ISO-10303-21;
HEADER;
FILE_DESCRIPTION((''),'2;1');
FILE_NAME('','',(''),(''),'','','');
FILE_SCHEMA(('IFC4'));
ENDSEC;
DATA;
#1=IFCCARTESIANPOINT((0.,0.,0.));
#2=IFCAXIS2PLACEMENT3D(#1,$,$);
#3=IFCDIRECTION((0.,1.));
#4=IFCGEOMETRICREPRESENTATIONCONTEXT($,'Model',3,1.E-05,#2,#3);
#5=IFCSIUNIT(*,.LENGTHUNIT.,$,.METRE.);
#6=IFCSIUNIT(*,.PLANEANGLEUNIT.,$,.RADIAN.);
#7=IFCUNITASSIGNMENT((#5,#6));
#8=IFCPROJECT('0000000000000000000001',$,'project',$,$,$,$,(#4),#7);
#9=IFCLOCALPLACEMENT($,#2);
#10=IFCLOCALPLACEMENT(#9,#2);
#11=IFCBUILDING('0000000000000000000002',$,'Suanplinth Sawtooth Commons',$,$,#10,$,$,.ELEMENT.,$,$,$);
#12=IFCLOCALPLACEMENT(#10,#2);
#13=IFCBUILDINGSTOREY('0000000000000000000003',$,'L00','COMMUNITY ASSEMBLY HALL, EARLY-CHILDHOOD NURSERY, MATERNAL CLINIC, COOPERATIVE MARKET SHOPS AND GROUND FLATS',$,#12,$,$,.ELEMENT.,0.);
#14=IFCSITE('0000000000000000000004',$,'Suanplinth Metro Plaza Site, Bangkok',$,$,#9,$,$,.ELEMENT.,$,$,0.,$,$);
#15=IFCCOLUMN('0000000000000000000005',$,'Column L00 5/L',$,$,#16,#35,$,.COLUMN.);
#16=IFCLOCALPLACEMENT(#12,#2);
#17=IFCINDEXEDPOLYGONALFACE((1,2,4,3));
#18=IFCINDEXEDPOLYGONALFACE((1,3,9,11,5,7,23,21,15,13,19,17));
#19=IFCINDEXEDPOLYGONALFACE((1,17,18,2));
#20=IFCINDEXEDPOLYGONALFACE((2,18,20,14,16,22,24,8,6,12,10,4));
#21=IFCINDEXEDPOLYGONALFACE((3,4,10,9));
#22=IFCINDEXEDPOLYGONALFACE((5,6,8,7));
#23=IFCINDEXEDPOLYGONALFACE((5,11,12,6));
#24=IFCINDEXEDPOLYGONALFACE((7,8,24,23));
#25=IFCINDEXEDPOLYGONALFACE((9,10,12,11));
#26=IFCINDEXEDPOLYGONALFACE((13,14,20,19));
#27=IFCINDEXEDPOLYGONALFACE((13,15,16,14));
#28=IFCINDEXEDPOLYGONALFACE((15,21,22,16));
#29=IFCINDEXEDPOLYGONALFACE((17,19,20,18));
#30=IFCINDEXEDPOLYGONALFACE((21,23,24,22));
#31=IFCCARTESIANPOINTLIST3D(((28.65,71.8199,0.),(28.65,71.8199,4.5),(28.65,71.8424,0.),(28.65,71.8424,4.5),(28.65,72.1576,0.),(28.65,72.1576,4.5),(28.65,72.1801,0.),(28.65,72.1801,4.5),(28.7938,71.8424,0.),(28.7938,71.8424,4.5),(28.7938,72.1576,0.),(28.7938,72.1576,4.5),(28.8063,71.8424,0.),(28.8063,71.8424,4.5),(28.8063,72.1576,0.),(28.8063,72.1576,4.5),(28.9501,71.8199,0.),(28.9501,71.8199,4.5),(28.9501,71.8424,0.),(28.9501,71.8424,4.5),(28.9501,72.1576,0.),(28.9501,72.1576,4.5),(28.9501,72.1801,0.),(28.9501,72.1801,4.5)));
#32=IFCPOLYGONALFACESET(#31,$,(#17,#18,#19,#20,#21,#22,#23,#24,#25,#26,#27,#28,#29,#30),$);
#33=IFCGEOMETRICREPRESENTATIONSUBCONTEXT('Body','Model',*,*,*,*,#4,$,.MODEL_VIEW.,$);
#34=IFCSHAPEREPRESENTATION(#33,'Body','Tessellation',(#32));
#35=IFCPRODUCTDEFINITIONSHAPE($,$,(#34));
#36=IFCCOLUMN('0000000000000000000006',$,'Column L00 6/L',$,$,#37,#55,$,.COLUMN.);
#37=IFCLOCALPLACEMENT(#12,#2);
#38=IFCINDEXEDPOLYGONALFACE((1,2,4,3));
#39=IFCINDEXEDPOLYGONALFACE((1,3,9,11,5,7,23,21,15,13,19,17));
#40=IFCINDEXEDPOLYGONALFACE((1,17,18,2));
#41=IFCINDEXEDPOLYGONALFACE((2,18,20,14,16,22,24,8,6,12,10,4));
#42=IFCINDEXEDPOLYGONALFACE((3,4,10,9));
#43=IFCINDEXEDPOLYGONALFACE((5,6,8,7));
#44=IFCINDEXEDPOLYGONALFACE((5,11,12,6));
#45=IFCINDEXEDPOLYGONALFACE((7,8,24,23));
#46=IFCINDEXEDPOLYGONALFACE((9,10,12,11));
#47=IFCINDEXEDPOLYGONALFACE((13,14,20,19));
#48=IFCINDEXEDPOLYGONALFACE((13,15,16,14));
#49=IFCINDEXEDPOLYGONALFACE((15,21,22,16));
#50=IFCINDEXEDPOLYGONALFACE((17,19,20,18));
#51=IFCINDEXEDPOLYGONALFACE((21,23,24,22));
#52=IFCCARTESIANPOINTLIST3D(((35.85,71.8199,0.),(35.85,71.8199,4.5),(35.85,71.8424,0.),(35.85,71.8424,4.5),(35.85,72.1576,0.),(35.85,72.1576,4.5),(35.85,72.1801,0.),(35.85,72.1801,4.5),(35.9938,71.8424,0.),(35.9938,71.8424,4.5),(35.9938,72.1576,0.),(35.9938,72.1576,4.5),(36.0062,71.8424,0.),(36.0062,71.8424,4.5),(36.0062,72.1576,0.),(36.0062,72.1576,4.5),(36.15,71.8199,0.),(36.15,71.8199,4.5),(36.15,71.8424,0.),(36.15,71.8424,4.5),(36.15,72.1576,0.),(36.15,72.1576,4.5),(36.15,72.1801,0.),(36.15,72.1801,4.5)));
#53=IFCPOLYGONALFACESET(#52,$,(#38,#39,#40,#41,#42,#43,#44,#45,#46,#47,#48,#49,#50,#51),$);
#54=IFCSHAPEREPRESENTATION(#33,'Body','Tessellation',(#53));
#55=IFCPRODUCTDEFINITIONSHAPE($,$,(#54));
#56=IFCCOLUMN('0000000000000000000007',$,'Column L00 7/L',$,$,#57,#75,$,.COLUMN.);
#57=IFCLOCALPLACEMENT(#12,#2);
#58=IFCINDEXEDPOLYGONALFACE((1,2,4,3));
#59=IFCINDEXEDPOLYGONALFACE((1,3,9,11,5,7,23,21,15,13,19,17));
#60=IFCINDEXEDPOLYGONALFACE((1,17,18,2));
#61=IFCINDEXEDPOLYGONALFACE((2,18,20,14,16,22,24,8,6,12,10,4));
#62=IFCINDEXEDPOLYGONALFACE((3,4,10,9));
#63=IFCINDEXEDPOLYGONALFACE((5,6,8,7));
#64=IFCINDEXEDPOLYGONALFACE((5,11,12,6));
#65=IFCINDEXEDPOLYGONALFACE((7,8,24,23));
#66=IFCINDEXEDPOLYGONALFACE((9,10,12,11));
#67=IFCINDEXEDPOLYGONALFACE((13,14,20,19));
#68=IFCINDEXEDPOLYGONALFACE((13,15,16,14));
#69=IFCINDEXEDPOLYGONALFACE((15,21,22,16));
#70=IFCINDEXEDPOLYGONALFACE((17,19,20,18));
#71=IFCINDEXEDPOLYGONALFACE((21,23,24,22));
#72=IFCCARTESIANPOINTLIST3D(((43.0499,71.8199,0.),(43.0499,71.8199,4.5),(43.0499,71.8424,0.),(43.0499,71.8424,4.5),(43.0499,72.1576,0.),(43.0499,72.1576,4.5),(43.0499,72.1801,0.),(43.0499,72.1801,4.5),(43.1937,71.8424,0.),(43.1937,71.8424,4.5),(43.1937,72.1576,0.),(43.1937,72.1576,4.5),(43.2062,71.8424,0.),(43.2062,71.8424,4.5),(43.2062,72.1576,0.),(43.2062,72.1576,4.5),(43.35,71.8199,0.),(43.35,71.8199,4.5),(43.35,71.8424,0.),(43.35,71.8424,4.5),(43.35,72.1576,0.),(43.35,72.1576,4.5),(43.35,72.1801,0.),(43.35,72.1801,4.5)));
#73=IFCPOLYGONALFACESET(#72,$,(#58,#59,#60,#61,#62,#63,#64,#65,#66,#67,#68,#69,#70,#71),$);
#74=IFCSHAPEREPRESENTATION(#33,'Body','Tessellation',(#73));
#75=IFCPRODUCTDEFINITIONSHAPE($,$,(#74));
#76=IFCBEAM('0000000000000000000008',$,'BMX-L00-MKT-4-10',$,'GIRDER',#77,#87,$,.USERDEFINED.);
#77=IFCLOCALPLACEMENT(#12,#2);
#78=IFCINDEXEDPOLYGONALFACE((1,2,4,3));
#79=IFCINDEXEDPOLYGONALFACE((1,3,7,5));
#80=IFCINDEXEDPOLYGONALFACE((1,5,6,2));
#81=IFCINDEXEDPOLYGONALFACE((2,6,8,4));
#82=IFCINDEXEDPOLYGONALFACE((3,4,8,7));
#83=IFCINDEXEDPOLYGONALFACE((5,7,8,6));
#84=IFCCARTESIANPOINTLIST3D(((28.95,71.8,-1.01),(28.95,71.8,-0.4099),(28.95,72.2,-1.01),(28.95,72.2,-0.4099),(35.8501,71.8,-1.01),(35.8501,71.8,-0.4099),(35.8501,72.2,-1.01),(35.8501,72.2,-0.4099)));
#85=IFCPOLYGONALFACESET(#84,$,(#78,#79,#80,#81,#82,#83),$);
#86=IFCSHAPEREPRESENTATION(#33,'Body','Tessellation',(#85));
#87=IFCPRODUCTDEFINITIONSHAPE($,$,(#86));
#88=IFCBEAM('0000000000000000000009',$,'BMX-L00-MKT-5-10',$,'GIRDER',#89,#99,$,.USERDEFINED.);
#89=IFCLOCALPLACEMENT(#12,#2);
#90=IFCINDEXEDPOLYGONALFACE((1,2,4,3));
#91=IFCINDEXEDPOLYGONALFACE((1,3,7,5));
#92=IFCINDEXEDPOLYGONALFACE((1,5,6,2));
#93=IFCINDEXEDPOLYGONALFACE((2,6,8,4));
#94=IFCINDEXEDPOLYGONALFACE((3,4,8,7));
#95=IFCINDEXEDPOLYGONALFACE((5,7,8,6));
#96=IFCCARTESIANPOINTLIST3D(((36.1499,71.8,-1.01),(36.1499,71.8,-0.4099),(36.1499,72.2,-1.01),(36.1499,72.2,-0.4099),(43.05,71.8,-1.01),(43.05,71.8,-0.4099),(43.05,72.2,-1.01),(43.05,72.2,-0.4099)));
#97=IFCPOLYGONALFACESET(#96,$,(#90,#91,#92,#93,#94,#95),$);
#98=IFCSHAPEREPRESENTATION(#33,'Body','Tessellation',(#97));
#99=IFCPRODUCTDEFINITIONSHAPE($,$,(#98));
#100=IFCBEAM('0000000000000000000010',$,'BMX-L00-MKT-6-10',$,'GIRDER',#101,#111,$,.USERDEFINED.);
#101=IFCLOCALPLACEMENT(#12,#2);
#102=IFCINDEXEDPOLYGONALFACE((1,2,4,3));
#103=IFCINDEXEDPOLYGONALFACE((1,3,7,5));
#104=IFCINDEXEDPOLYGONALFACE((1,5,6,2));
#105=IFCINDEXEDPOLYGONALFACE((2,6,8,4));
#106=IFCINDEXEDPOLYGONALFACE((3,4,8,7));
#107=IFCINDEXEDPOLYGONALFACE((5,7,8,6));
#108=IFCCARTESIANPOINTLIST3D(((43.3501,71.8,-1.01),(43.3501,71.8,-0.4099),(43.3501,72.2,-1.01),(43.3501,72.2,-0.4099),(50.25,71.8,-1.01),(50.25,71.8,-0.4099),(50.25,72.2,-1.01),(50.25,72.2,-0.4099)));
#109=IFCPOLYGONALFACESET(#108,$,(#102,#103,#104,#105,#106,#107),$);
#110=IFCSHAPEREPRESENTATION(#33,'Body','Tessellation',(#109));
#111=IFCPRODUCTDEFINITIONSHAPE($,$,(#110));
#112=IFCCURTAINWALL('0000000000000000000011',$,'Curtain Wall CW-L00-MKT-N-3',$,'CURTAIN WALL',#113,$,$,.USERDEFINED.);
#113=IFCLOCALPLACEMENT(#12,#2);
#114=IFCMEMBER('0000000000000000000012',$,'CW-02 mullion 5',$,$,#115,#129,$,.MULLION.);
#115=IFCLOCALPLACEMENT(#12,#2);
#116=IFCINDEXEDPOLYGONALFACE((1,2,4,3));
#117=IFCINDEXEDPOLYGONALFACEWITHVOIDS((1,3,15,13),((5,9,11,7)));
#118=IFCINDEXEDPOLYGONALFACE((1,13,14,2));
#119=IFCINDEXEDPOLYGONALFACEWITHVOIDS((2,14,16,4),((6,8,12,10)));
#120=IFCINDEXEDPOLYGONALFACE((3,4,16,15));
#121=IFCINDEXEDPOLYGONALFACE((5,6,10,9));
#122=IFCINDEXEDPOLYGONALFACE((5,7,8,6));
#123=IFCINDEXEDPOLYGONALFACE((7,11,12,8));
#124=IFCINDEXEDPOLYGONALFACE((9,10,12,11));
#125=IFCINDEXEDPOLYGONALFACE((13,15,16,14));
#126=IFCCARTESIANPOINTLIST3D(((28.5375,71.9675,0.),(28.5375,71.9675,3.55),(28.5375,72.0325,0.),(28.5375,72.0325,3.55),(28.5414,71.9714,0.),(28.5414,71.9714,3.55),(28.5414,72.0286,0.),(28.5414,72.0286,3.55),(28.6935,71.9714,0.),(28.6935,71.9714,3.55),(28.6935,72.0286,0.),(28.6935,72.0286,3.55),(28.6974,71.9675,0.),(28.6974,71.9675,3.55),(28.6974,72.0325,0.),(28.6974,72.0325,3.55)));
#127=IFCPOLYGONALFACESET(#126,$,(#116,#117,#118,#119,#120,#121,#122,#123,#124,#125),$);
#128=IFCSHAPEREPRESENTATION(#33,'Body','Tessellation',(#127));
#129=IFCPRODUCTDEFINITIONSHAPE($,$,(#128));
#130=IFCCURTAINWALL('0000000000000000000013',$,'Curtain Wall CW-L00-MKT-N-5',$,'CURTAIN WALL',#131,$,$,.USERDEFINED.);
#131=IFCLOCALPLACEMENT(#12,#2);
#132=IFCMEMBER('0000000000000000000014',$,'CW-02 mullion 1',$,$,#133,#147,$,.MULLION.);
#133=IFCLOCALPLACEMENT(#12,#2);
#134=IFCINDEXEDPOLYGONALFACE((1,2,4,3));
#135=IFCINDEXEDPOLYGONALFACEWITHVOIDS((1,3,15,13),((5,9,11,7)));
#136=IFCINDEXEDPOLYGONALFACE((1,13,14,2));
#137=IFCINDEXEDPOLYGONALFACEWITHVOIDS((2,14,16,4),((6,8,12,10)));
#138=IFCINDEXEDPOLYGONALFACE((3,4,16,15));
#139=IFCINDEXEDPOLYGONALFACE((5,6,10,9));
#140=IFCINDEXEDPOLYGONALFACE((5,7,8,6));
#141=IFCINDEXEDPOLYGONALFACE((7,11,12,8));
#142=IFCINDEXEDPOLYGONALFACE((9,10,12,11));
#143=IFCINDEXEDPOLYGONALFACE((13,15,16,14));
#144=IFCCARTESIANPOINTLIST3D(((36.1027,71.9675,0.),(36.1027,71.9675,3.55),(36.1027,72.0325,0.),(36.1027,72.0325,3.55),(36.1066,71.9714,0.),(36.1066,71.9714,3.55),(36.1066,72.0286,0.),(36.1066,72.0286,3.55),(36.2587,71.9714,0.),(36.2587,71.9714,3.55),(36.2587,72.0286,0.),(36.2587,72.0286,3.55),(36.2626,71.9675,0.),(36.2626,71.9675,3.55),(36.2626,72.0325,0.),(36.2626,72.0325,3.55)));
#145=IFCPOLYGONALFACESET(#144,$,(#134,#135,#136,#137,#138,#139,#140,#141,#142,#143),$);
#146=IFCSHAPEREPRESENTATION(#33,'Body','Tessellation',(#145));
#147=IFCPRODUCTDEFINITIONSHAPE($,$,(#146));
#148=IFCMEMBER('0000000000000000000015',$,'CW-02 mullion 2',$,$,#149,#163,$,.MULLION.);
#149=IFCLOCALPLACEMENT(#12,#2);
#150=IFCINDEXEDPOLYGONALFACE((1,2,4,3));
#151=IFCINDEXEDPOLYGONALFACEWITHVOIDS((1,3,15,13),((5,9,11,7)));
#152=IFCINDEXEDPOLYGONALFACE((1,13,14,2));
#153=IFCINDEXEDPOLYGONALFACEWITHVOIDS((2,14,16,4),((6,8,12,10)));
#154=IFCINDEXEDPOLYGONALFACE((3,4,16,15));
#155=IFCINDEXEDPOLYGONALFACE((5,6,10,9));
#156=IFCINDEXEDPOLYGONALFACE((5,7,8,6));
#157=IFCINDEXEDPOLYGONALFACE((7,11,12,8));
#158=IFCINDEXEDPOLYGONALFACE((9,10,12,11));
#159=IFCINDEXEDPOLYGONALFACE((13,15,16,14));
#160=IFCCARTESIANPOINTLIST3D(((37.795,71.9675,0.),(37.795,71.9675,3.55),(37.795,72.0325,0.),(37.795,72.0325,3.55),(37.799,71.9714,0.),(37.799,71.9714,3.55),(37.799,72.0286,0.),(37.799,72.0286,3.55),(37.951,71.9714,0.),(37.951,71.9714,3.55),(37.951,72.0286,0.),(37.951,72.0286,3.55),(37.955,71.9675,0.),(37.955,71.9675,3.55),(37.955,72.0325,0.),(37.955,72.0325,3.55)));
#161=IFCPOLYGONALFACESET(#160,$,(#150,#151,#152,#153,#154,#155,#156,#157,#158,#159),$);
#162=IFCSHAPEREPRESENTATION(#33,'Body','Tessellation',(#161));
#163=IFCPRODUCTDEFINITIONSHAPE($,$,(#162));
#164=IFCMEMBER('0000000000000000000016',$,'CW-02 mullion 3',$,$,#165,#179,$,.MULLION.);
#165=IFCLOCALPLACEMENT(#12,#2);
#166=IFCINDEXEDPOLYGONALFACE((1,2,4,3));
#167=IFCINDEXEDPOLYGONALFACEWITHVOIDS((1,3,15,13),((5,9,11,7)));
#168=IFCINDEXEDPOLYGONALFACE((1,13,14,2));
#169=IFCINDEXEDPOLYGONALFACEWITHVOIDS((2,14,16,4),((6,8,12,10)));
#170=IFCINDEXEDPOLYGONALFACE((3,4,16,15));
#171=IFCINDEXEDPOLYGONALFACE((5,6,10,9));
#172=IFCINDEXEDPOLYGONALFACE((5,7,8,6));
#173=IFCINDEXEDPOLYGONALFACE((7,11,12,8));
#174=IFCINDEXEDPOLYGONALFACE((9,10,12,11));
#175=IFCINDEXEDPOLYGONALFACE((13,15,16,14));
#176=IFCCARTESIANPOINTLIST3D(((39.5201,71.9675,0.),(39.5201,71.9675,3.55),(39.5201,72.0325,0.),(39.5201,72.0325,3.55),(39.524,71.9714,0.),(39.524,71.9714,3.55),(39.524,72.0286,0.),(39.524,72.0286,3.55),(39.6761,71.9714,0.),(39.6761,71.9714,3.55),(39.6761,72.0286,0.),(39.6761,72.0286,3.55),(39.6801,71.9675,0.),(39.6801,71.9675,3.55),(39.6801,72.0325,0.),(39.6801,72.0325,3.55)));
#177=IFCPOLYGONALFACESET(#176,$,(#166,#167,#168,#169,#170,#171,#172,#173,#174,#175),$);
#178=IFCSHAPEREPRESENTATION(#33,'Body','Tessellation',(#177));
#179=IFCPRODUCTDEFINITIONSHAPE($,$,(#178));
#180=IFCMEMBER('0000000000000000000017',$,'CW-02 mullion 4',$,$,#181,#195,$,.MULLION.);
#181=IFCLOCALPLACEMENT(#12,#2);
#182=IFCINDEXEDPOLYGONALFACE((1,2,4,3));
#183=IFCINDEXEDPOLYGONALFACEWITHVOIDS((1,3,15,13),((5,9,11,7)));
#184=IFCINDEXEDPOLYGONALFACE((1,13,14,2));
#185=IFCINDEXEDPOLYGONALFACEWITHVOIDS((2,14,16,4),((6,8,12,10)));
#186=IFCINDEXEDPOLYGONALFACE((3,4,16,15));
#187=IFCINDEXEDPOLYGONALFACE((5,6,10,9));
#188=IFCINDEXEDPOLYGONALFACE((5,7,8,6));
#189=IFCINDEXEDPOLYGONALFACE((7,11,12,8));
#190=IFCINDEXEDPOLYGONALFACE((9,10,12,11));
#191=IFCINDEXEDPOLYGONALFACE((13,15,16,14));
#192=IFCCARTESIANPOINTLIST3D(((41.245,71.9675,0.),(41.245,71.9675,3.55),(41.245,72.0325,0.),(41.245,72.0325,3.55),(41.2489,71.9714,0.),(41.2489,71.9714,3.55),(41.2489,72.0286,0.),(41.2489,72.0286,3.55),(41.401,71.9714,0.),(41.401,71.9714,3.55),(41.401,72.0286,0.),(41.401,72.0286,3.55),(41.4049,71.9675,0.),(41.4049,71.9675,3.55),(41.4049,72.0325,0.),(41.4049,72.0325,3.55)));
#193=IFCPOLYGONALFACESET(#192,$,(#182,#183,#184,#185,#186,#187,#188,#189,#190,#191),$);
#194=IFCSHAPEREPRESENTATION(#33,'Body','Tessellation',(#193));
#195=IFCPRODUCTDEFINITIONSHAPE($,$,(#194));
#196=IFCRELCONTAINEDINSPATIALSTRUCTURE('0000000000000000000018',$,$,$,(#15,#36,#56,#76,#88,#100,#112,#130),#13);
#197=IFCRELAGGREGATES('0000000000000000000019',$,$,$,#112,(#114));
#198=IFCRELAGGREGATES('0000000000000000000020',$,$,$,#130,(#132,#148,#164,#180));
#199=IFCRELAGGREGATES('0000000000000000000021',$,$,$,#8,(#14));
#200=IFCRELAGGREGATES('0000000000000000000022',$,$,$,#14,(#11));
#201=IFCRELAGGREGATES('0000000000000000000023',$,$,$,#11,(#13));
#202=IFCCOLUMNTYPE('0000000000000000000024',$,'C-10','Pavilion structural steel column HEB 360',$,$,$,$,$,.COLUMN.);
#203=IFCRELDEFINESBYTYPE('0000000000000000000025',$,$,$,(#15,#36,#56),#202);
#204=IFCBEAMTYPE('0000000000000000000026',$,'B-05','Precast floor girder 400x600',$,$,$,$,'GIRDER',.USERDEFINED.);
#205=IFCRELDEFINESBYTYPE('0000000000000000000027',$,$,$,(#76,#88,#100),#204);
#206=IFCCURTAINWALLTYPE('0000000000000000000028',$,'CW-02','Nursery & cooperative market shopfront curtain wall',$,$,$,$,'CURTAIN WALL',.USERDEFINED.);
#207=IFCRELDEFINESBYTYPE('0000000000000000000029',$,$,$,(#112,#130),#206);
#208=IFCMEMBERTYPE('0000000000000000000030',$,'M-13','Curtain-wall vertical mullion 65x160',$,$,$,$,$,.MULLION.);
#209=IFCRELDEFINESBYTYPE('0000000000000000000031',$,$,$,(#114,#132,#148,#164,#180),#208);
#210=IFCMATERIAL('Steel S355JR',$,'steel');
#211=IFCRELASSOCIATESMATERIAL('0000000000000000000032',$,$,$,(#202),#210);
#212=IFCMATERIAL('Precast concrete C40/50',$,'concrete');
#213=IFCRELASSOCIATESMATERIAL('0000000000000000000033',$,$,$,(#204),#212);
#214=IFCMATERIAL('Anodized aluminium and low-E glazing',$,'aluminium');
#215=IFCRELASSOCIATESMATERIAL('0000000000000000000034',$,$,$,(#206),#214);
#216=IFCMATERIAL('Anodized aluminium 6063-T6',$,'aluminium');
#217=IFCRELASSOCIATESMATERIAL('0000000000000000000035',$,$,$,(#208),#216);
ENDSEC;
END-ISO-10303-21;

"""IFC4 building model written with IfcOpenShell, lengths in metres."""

from ifc_helpers import new_model, si_unit, direction, frame, origin, origin_2d, place, context, subcontext, project, spatial, rectangle, hollow_rectangle, i_section, extrude, material, material_profile, profile_set, type_object, element, aggregate, save


model = new_model("IFC4")

# Units and contexts
model_context = context("Model", 3, precision=1e-05, world=origin(), true_north=direction((0.0, 1.0)))
body_context = subcontext(model_context, "Body", "Model", "MODEL_VIEW")
ifc_project = project(units=[si_unit("LENGTHUNIT", "METRE"), si_unit("PLANEANGLEUNIT", "RADIAN")], contexts=[model_context])

# Site, building, storey
site_placement = place(None, origin())
site = spatial("IfcSite", under=ifc_project, at=site_placement, Name="Suanplinth Metro Plaza Site, Bangkok", CompositionType="ELEMENT", RefElevation=0.0)
building_placement = place(site_placement, origin())
building = spatial("IfcBuilding", under=site, at=building_placement, Name="Suanplinth Sawtooth Commons", CompositionType="ELEMENT")
storey_placement = place(building_placement, origin())
storey = spatial("IfcBuildingStorey", under=building, at=storey_placement, Name="L00", Description="COMMUNITY ASSEMBLY HALL, EARLY-CHILDHOOD NURSERY, MATERNAL CLINIC, COOPERATIVE MARKET SHOPS AND GROUND FLATS", CompositionType="ELEMENT", Elevation=0.0)

# Columns
ifc_material_1 = material(Name="Steel S355JR", Category="steel")
ifc_material_profile_1 = material_profile(ifc_material_1, i_section(OverallWidth=0.3, OverallDepth=0.3601, WebThickness=0.0125, FlangeThickness=0.0225, at=origin_2d()), Name="HEB 360")
ifc_profile_set_1 = profile_set([ifc_material_profile_1], Name="Steel S355JR")
column_type = type_object("IfcColumnType", Name="C-10", Description="Pavilion structural steel column HEB 360", PredefinedType="COLUMN", material=ifc_profile_set_1)
for number, where, z_axis, x_axis, name in (
    (1, (28.8, 72.0, 0.0), (0.0, 0.0, 1.0), (1.0, 0.0, 0.0), "Column L00 5/L"),
    (2, (36.0, 72.0, 0.0), (0.0, 0.0, 1.0), (1.0, 0.0, 0.0), "Column L00 6/L"),
    (3, (43.2, 72.0, 0.0), (0.0, 0.0, 1.0), (1.0, 0.0, 0.0), "Column L00 7/L"),
):
    element("IfcColumn", number, at=place(storey_placement, frame(where, z_axis=z_axis, x_axis=x_axis)), inside=storey, type_object=column_type, Name=name, PredefinedType="COLUMN", context=body_context, shape_type="SweptSolid", body=[
        extrude(i_section(OverallWidth=0.3, OverallDepth=0.3601, WebThickness=0.0125, FlangeThickness=0.0225, at=origin_2d()), origin(), (0.0, 0.0, 1.0), 4.5),
    ])

# Beams
ifc_material_2 = material(Name="Precast concrete C40/50", Category="concrete")
ifc_material_profile_2 = material_profile(ifc_material_2, rectangle(XDim=0.3999, YDim=0.6001, at=origin_2d()), Name="PC-GDR 400x600")
ifc_profile_set_2 = profile_set([ifc_material_profile_2], Name="Precast concrete C40/50")
beam_type = type_object("IfcBeamType", Name="B-05", Description="Precast floor girder 400x600", ElementType="GIRDER", PredefinedType="USERDEFINED", material=ifc_profile_set_2)
for number, where, z_axis, x_axis, name in (
    (4, (28.95, 72.0, -0.71), (1.0, 0.0, 0.0), (0.0, 1.0, 0.0), "BMX-L00-MKT-4-10"),
    (5, (36.1499, 72.0, -0.71), (1.0, 0.0, 0.0), (0.0, 1.0, 0.0), "BMX-L00-MKT-5-10"),
):
    element("IfcBeam", number, at=place(storey_placement, frame(where, z_axis=z_axis, x_axis=x_axis)), inside=storey, type_object=beam_type, Name=name, ObjectType="GIRDER", PredefinedType="USERDEFINED", context=body_context, shape_type="SweptSolid", body=[
        extrude(rectangle(XDim=0.3999, YDim=0.6001, at=origin_2d()), origin(), (0.0, 0.0, 1.0), 6.9001),
    ])
beam_placement = place(storey_placement, frame((43.3501, 72.0, -0.71), z_axis=(1.0, 0.0, 0.0), x_axis=(0.0, 1.0, 0.0)))
element("IfcBeam", 6, at=beam_placement, inside=storey, type_object=beam_type, Name="BMX-L00-MKT-6-10", ObjectType="GIRDER", PredefinedType="USERDEFINED", context=body_context, shape_type="SweptSolid", body=[
    extrude(rectangle(XDim=0.3999, YDim=0.6001, at=origin_2d()), origin(), (0.0, 0.0, 1.0), 6.8999),
])

# Curtain wall, member
ifc_material_3 = material(Name="Anodized aluminium and low-E glazing", Category="aluminium")
curtain_wall_type = type_object("IfcCurtainWallType", Name="CW-02", Description="Nursery & cooperative market shopfront curtain wall", ElementType="CURTAIN WALL", PredefinedType="USERDEFINED", material=ifc_material_3)
curtain_wall_1_placement = place(storey_placement, origin())
curtain_wall_1 = element("IfcCurtainWall", 7, at=curtain_wall_1_placement, inside=storey, type_object=curtain_wall_type, Name="Curtain Wall CW-L00-MKT-N-3", ObjectType="CURTAIN WALL", PredefinedType="USERDEFINED")
ifc_material_4 = material(Name="Anodized aluminium 6063-T6", Category="aluminium")
ifc_material_profile_3 = material_profile(ifc_material_4, hollow_rectangle(XDim=0.0649, YDim=0.1599, WallThickness=0.0039, at=origin_2d()), Name="ALU-MUL 65x160")
ifc_profile_set_3 = profile_set([ifc_material_profile_3], Name="Anodized aluminium 6063-T6")
member_type_1 = type_object("IfcMemberType", Name="M-13", Description="Curtain-wall vertical mullion 65x160", PredefinedType="MULLION", material=ifc_profile_set_3)
member_1_placement = place(storey_placement, frame((28.6174, 72.0, 0.0), z_axis=(0.0, 0.0, 1.0), x_axis=(0.0, 1.0, 0.0)))
member_1 = element("IfcMember", 8, at=member_1_placement, type_object=member_type_1, Name="CW-02 mullion 5", PredefinedType="MULLION", context=body_context, shape_type="SweptSolid", body=[
    extrude(hollow_rectangle(XDim=0.0649, YDim=0.1599, WallThickness=0.0039, at=origin_2d()), origin(), (0.0, 0.0, 1.0), 3.55),
])

# Curtain wall, members
curtain_wall_2_placement = place(storey_placement, origin())
curtain_wall_2 = element("IfcCurtainWall", 9, at=curtain_wall_2_placement, inside=storey, type_object=curtain_wall_type, Name="Curtain Wall CW-L00-MKT-N-5", ObjectType="CURTAIN WALL", PredefinedType="USERDEFINED")
member_2_placement = place(storey_placement, frame((36.1826, 72.0, 0.0), z_axis=(0.0, 0.0, 1.0), x_axis=(0.0, 1.0, 0.0)))
member_2 = element("IfcMember", 10, at=member_2_placement, type_object=member_type_1, Name="CW-02 mullion 1", PredefinedType="MULLION", context=body_context, shape_type="SweptSolid", body=[
    extrude(hollow_rectangle(XDim=0.0649, YDim=0.1599, WallThickness=0.0039, at=origin_2d()), origin(), (0.0, 0.0, 1.0), 3.55),
])
member_3_placement = place(storey_placement, frame((37.875, 72.0, 0.0), z_axis=(0.0, 0.0, 1.0), x_axis=(0.0, 1.0, 0.0)))
member_3 = element("IfcMember", 11, at=member_3_placement, type_object=member_type_1, Name="CW-02 mullion 2", PredefinedType="MULLION", context=body_context, shape_type="SweptSolid", body=[
    extrude(hollow_rectangle(XDim=0.0649, YDim=0.1599, WallThickness=0.0039, at=origin_2d()), origin(), (0.0, 0.0, 1.0), 3.55),
])
member_4_placement = place(storey_placement, frame((39.6001, 72.0, 0.0), z_axis=(0.0, 0.0, 1.0), x_axis=(0.0, 1.0, 0.0)))
member_4 = element("IfcMember", 12, at=member_4_placement, type_object=member_type_1, Name="CW-02 mullion 3", PredefinedType="MULLION", context=body_context, shape_type="SweptSolid", body=[
    extrude(hollow_rectangle(XDim=0.0649, YDim=0.1599, WallThickness=0.0039, at=origin_2d()), origin(), (0.0, 0.0, 1.0), 3.55),
])
member_5_placement = place(storey_placement, frame((41.325, 72.0, 0.0), z_axis=(0.0, 0.0, 1.0), x_axis=(0.0, 1.0, 0.0)))
member_5 = element("IfcMember", 13, at=member_5_placement, type_object=member_type_1, Name="CW-02 mullion 4", PredefinedType="MULLION", context=body_context, shape_type="SweptSolid", body=[
    extrude(hollow_rectangle(XDim=0.0649, YDim=0.1599, WallThickness=0.0039, at=origin_2d()), origin(), (0.0, 0.0, 1.0), 3.55),
])

aggregate(curtain_wall_1, [member_1])
aggregate(curtain_wall_2, [member_2, member_3, member_4, member_5])

save(model, "model.ifc")
